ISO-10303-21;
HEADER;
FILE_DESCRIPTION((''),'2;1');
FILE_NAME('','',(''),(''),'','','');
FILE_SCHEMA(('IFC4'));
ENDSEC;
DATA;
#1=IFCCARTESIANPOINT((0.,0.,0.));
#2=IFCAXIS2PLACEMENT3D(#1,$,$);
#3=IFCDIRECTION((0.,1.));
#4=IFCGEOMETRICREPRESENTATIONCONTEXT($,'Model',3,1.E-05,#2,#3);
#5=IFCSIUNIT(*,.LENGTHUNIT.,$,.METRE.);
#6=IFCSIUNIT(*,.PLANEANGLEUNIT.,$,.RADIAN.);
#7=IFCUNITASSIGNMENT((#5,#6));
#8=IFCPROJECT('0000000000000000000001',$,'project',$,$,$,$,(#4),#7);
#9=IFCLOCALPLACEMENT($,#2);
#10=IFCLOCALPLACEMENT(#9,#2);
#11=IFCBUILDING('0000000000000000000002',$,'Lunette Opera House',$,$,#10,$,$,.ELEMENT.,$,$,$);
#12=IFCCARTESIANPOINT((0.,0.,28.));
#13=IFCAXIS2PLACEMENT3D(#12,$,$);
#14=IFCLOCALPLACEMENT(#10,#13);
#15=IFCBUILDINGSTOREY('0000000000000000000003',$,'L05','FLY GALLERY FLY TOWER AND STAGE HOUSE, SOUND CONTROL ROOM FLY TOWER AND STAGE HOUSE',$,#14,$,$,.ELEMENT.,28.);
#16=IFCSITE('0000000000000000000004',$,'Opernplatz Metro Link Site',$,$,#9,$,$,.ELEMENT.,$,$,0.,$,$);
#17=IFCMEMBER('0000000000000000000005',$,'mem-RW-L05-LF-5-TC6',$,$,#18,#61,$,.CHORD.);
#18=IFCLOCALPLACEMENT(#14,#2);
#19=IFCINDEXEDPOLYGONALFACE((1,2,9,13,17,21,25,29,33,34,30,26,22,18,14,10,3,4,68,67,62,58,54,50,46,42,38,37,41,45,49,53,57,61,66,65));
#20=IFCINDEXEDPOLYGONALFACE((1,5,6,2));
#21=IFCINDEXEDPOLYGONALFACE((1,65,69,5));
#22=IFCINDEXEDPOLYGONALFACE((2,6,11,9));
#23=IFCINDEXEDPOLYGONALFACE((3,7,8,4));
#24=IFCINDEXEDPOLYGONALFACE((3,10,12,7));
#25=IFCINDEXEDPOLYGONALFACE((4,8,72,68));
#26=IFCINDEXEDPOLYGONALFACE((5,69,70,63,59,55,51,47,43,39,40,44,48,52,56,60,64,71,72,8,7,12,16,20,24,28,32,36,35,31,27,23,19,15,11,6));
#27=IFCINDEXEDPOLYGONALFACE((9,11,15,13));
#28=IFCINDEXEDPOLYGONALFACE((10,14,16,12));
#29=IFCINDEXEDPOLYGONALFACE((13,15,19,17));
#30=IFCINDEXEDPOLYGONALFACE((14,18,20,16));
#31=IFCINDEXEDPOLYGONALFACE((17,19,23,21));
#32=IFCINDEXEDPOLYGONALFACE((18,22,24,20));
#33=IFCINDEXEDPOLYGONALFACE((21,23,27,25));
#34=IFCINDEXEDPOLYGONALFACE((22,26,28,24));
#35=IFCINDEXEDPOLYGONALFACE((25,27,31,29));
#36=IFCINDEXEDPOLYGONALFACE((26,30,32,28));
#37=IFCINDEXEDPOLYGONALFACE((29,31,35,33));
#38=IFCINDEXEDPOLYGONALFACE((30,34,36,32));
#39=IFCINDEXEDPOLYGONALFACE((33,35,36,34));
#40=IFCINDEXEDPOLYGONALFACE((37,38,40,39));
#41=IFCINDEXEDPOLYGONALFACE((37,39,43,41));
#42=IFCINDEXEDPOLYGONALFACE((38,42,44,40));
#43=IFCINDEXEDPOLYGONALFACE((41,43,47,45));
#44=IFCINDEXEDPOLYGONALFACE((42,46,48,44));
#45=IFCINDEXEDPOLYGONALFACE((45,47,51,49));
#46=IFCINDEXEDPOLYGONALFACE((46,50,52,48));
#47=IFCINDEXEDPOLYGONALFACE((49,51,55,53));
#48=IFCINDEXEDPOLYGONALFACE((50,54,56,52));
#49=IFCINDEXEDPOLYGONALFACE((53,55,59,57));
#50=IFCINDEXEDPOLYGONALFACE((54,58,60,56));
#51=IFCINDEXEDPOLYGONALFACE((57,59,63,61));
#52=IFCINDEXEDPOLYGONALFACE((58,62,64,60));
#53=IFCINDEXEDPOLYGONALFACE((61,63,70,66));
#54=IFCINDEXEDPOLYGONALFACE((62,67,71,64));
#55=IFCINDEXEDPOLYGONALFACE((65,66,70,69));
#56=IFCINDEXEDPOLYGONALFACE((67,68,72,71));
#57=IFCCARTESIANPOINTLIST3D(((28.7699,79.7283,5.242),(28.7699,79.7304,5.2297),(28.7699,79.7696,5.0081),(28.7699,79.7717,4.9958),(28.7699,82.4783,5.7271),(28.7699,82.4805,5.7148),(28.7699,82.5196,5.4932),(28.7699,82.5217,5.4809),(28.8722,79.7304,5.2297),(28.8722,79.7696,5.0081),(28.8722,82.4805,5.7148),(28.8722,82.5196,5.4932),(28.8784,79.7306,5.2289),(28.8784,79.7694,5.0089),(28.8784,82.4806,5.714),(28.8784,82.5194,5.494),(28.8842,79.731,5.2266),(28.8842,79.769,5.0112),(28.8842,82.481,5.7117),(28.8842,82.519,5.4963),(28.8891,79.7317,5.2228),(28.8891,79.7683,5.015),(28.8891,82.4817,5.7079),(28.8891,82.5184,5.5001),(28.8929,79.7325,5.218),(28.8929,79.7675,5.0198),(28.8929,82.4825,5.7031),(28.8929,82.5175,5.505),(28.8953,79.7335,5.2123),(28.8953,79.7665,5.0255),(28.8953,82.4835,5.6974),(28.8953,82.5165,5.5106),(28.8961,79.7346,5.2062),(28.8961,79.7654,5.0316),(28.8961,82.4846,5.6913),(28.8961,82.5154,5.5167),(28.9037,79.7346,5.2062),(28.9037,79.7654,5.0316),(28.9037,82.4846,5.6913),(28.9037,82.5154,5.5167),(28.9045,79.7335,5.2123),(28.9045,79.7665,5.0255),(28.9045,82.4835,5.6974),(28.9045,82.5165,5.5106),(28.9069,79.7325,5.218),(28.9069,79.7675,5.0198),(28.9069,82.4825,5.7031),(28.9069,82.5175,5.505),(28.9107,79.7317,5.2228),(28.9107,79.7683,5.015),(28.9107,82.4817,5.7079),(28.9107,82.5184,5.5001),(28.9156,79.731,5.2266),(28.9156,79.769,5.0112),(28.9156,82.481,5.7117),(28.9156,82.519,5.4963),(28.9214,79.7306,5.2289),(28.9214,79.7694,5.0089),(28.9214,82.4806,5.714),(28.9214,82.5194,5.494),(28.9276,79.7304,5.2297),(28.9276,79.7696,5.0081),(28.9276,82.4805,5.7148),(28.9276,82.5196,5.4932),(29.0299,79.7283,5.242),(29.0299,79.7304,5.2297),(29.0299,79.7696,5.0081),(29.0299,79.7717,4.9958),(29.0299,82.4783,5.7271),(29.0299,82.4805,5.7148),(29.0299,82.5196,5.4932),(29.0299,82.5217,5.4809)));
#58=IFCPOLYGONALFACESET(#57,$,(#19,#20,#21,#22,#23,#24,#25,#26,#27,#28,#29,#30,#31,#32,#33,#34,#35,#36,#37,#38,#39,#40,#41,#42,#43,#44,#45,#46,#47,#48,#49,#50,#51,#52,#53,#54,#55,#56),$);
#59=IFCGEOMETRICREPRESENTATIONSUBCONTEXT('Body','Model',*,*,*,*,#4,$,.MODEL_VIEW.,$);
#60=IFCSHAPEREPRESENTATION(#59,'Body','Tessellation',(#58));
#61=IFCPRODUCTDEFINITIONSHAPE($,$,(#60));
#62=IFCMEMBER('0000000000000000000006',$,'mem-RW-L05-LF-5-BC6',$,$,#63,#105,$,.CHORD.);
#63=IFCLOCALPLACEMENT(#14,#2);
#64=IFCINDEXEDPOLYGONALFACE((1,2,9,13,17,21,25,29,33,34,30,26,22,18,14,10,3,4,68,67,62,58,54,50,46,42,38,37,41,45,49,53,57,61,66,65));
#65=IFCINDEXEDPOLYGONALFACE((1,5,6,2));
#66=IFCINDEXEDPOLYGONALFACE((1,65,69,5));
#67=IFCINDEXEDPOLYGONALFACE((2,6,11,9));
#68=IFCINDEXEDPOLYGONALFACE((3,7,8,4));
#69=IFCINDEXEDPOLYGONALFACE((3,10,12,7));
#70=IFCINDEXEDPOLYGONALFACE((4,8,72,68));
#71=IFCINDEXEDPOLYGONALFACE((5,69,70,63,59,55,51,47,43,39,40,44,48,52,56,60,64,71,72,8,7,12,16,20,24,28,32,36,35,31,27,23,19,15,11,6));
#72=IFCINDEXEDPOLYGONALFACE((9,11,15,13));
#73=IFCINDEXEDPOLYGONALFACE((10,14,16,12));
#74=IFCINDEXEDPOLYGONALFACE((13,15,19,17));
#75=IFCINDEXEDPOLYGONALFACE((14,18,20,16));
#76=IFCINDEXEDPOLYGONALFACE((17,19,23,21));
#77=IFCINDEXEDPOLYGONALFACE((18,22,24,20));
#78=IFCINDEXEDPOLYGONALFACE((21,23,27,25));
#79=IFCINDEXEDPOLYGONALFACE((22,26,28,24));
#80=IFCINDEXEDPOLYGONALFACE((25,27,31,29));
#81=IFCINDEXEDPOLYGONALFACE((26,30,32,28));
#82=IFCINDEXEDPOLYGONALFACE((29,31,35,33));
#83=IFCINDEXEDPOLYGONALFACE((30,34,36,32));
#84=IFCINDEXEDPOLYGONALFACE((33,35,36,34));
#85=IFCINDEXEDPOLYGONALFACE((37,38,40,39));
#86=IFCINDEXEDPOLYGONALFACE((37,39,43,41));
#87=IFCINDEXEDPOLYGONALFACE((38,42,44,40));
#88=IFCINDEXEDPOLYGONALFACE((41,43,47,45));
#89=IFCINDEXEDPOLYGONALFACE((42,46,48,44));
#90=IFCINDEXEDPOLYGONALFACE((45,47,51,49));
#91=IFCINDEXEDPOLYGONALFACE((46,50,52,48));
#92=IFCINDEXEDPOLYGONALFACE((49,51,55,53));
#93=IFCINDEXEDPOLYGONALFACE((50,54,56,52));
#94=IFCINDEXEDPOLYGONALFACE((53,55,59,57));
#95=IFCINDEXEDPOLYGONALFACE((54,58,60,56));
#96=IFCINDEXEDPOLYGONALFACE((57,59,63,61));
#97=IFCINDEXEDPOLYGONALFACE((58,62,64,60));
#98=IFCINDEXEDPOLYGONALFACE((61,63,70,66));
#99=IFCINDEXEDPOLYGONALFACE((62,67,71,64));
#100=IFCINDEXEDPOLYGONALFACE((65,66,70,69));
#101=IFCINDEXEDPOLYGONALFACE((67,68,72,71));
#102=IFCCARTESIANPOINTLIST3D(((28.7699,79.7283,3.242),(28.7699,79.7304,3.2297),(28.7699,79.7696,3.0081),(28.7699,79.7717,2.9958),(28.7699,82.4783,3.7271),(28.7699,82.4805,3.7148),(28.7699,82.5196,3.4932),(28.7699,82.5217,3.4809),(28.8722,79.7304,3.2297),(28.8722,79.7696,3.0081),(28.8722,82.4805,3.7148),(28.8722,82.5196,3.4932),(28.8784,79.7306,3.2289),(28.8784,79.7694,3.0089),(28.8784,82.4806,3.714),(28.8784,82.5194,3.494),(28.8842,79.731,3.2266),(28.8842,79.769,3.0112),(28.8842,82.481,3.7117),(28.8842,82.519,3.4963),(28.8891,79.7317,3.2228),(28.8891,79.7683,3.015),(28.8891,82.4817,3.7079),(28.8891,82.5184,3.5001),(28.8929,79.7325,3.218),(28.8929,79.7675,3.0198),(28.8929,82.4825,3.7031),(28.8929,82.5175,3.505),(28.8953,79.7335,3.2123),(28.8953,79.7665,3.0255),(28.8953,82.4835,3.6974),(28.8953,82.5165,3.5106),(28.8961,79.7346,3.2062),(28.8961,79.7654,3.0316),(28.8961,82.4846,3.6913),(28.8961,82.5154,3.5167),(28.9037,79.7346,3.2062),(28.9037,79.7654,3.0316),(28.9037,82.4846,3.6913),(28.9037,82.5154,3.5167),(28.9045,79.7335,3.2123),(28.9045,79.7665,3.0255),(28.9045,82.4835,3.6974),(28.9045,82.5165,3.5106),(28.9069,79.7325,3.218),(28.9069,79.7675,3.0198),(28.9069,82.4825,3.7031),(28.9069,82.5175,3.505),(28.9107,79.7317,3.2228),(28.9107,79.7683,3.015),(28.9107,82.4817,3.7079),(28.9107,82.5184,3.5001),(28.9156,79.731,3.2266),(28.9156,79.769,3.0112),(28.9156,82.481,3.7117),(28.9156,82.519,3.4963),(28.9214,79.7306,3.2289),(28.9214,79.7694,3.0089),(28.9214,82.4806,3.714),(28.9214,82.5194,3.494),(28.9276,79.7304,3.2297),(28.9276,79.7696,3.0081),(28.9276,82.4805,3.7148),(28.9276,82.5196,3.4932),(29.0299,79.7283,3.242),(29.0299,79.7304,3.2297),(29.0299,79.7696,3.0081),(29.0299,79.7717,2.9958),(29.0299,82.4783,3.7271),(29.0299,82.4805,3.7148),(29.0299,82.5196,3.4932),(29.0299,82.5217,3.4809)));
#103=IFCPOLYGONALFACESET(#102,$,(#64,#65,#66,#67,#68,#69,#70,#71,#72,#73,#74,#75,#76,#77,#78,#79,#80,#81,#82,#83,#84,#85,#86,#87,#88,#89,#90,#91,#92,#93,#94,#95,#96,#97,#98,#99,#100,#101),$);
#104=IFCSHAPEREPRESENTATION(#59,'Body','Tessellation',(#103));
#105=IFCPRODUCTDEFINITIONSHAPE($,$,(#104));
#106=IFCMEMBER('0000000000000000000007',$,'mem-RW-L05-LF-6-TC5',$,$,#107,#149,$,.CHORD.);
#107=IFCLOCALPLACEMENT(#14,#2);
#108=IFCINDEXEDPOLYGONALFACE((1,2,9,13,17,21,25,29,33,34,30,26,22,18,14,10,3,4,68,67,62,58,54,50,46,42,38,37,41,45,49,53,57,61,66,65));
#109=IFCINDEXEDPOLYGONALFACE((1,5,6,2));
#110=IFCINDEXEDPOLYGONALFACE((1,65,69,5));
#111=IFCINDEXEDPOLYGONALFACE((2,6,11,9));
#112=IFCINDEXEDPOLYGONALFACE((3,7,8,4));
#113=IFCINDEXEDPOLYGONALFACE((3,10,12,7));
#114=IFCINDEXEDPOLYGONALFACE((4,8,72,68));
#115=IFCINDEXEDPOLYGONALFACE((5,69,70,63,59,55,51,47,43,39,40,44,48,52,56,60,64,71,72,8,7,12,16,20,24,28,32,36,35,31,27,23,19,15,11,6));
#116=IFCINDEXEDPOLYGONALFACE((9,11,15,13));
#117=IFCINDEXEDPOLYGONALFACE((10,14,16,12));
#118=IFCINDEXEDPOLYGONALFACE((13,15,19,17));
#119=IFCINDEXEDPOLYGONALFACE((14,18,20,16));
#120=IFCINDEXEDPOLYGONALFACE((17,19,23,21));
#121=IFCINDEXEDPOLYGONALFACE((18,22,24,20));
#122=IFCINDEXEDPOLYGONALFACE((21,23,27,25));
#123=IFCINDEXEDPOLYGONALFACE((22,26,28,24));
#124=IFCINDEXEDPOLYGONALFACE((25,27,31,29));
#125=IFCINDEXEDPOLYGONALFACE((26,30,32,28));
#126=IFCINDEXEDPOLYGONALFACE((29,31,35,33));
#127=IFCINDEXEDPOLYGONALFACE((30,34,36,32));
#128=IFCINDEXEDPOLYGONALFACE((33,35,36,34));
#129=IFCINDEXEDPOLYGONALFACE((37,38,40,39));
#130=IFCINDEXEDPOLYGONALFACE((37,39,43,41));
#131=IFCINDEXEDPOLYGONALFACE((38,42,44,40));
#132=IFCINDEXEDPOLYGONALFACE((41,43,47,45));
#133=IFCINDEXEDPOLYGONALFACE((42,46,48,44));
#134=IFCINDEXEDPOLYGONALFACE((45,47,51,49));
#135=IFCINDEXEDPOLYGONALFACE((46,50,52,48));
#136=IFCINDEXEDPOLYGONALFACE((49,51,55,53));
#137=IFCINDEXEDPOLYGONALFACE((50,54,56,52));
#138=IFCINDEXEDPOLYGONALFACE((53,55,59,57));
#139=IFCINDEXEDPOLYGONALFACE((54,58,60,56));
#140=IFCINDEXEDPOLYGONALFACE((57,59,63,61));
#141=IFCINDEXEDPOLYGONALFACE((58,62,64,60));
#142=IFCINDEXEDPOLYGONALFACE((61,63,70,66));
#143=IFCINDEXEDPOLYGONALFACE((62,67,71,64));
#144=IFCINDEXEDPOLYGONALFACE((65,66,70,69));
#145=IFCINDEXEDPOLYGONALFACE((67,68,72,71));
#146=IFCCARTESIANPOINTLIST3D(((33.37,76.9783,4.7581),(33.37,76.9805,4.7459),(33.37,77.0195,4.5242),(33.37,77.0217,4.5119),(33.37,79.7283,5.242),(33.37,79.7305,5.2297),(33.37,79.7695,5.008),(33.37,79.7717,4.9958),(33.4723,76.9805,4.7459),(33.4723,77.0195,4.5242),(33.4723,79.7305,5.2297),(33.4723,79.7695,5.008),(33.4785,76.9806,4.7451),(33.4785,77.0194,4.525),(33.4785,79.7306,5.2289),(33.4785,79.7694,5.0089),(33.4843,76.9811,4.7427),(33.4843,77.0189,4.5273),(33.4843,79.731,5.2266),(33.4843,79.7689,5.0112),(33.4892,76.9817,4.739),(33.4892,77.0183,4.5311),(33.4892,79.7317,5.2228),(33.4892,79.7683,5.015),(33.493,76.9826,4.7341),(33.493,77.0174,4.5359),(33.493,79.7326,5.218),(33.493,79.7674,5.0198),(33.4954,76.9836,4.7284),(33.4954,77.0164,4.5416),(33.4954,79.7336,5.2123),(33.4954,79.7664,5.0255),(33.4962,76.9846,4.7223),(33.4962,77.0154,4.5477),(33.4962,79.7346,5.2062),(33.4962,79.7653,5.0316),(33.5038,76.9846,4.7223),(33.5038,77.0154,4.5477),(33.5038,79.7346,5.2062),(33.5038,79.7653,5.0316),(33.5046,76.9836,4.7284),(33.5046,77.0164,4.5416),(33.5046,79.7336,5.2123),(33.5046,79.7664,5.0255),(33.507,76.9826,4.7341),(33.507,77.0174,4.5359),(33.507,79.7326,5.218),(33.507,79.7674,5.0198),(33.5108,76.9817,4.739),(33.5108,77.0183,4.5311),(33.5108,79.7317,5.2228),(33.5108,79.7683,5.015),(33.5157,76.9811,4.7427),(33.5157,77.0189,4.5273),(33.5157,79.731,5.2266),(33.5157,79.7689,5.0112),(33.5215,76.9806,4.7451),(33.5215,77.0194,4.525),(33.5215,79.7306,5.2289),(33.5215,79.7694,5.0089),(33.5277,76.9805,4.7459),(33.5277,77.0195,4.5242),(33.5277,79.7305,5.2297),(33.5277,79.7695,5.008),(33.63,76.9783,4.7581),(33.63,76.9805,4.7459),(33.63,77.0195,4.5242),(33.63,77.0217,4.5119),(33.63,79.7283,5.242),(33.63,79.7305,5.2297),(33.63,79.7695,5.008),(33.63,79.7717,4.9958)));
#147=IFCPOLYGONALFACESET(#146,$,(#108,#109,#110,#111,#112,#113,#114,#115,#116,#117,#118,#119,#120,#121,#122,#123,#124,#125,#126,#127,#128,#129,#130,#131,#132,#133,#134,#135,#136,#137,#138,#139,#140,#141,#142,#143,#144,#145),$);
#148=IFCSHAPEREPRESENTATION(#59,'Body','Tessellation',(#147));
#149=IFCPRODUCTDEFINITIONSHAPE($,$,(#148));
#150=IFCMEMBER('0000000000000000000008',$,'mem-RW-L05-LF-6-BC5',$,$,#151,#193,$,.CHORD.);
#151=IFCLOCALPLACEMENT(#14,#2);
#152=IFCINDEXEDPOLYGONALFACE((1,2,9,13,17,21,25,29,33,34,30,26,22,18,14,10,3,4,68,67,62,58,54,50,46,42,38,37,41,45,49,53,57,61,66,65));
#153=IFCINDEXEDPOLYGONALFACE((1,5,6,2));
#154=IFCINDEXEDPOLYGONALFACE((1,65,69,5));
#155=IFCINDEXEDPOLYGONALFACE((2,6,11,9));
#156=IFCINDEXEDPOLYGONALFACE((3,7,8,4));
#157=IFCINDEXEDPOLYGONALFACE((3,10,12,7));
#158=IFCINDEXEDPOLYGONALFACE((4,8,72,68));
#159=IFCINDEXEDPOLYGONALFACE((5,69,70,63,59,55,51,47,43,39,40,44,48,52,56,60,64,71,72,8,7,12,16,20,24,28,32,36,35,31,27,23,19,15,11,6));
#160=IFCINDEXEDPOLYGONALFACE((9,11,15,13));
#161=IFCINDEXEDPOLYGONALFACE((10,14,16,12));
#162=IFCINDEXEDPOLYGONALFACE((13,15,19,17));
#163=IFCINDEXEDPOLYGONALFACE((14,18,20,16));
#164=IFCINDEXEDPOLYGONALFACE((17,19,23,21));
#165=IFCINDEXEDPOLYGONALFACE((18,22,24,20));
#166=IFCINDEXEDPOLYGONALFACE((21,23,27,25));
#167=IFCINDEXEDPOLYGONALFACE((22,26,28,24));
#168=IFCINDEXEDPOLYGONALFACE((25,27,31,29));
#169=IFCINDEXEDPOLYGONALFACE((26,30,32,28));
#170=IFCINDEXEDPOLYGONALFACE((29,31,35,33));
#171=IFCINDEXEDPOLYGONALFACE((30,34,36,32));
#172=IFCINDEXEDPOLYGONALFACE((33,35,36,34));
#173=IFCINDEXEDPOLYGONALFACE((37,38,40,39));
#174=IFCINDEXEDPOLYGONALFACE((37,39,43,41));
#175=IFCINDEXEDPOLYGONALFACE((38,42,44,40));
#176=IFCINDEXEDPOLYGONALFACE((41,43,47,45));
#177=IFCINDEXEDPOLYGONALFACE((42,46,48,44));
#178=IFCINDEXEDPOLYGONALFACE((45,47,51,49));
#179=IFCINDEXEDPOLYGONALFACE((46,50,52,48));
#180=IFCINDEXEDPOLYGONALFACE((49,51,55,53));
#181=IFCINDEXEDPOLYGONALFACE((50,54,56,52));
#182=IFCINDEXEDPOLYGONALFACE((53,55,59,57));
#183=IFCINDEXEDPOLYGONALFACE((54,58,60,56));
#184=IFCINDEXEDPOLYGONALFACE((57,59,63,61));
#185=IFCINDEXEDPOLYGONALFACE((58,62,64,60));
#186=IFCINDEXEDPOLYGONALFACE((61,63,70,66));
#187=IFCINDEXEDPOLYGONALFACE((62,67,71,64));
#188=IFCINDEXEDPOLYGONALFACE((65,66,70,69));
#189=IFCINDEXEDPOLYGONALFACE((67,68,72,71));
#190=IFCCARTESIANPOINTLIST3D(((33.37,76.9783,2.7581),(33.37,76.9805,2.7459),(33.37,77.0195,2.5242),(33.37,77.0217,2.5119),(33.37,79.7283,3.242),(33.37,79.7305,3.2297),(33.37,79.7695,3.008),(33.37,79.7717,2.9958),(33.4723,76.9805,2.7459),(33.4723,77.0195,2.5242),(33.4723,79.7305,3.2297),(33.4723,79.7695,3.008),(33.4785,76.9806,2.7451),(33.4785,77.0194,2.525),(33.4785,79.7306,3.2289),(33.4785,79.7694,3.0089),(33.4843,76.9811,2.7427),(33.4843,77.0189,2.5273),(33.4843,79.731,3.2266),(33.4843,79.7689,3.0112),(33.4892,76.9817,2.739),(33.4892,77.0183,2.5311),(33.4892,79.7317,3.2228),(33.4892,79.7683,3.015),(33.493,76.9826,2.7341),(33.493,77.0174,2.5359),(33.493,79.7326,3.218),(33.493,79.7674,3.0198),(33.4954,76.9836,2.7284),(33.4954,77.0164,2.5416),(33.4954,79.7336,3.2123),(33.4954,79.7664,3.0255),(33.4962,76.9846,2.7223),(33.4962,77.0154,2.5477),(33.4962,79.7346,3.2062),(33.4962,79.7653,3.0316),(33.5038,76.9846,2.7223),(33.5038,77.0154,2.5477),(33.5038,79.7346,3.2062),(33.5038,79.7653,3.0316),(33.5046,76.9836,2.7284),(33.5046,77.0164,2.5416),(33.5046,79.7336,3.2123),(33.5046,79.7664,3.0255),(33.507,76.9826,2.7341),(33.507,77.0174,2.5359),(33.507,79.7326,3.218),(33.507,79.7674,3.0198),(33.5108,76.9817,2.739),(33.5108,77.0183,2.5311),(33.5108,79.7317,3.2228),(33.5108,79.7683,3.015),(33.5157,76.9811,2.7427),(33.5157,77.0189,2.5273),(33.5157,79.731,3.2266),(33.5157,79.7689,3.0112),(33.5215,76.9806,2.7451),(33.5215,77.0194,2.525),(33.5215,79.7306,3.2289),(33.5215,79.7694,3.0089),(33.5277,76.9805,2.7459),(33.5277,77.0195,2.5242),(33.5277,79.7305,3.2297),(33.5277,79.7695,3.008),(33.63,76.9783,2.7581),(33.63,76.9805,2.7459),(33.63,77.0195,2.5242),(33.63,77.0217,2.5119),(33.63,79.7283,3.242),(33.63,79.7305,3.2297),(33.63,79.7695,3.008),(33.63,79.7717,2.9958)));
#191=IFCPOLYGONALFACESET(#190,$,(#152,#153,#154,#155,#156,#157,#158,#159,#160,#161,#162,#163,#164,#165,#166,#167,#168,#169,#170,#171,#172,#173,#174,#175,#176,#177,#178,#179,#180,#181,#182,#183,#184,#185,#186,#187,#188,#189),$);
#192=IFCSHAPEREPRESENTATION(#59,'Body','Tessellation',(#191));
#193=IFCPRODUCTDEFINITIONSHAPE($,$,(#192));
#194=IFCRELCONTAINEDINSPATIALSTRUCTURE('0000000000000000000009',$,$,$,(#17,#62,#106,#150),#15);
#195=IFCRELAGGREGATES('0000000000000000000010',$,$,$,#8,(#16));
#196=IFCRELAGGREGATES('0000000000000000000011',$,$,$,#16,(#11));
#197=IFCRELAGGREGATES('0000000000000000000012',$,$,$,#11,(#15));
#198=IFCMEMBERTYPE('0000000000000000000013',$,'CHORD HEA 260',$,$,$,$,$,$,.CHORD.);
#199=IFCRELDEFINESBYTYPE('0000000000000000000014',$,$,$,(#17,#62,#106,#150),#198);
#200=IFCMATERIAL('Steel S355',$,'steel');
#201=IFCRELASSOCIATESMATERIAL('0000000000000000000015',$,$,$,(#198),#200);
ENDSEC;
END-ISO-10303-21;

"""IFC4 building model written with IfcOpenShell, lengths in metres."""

from ifc_helpers import new_model, si_unit, direction, frame, origin, origin_2d, place, context, subcontext, project, spatial, i_section, extrude, material, material_profile, profile_set, type_object, element, save


model = new_model("IFC4")

# Units and contexts
model_context = context("Model", 3, precision=1e-05, world=origin(), true_north=direction((0.0, 1.0)))
body_context = subcontext(model_context, "Body", "Model", "MODEL_VIEW")
ifc_project = project(units=[si_unit("LENGTHUNIT", "METRE"), si_unit("PLANEANGLEUNIT", "RADIAN")], contexts=[model_context])

# Site, building, storey
site_placement = place(None, origin())
site = spatial("IfcSite", under=ifc_project, at=site_placement, Name="Opernplatz Metro Link Site", CompositionType="ELEMENT", RefElevation=0.0)
building_placement = place(site_placement, origin())
building = spatial("IfcBuilding", under=site, at=building_placement, Name="Lunette Opera House", CompositionType="ELEMENT")
storey_placement = place(building_placement, frame((0.0, 0.0, 28.0)))
storey = spatial("IfcBuildingStorey", under=building, at=storey_placement, Name="L05", Description="FLY GALLERY FLY TOWER AND STAGE HOUSE, SOUND CONTROL ROOM FLY TOWER AND STAGE HOUSE", CompositionType="ELEMENT", Elevation=28.0)

# Members
ifc_material_1 = material(Name="Steel S355", Category="steel")
ifc_material_profile_1 = material_profile(ifc_material_1, i_section(OverallWidth=0.26, OverallDepth=0.25, WebThickness=0.0076, FlangeThickness=0.0125, FilletRadius=0.0239, at=origin_2d()), Name="HEA 260")
ifc_profile_set_1 = profile_set([ifc_material_profile_1], Name="Steel S355")
member_type_1 = type_object("IfcMemberType", Name="CHORD HEA 260", PredefinedType="CHORD", material=ifc_profile_set_1)
for number, where, z_axis, x_axis, name in (
    (1, (28.8999, 79.75, 5.1189), (0.0, 0.984795, 0.17372), (-1.0, 0.0, 0.0), "mem-RW-L05-LF-5-TC6"),
    (2, (28.8999, 79.75, 3.1189), (0.0, 0.984795, 0.17372), (-1.0, 0.0, 0.0), "mem-RW-L05-LF-5-BC6"),
):
    element("IfcMember", number, at=place(storey_placement, frame(where, z_axis=z_axis, x_axis=x_axis)), inside=storey, type_object=member_type_1, Name=name, PredefinedType="CHORD", context=body_context, shape_type="SweptSolid", body=[
        extrude(i_section(OverallWidth=0.26, OverallDepth=0.25, WebThickness=0.0076, FlangeThickness=0.0125, FilletRadius=0.0239, at=origin_2d()), origin(), (0.0, 0.0, 1.0), 2.7925),
    ])
for number, where, z_axis, x_axis, name in (
    (3, (33.5, 77.0, 4.635), (0.0, 0.98487, 0.173296), (-1.0, 0.0, 0.0), "mem-RW-L05-LF-6-TC5"),
    (4, (33.5, 77.0, 2.635), (0.0, 0.98487, 0.173296), (-1.0, 0.0, 0.0), "mem-RW-L05-LF-6-BC5"),
):
    element("IfcMember", number, at=place(storey_placement, frame(where, z_axis=z_axis, x_axis=x_axis)), inside=storey, type_object=member_type_1, Name=name, PredefinedType="CHORD", context=body_context, shape_type="SweptSolid", body=[
        extrude(i_section(OverallWidth=0.26, OverallDepth=0.25, WebThickness=0.0076, FlangeThickness=0.0125, FilletRadius=0.0239, at=origin_2d()), origin(), (0.0, 0.0, 1.0), 2.7922),
    ])

save(model, "model.ifc")
